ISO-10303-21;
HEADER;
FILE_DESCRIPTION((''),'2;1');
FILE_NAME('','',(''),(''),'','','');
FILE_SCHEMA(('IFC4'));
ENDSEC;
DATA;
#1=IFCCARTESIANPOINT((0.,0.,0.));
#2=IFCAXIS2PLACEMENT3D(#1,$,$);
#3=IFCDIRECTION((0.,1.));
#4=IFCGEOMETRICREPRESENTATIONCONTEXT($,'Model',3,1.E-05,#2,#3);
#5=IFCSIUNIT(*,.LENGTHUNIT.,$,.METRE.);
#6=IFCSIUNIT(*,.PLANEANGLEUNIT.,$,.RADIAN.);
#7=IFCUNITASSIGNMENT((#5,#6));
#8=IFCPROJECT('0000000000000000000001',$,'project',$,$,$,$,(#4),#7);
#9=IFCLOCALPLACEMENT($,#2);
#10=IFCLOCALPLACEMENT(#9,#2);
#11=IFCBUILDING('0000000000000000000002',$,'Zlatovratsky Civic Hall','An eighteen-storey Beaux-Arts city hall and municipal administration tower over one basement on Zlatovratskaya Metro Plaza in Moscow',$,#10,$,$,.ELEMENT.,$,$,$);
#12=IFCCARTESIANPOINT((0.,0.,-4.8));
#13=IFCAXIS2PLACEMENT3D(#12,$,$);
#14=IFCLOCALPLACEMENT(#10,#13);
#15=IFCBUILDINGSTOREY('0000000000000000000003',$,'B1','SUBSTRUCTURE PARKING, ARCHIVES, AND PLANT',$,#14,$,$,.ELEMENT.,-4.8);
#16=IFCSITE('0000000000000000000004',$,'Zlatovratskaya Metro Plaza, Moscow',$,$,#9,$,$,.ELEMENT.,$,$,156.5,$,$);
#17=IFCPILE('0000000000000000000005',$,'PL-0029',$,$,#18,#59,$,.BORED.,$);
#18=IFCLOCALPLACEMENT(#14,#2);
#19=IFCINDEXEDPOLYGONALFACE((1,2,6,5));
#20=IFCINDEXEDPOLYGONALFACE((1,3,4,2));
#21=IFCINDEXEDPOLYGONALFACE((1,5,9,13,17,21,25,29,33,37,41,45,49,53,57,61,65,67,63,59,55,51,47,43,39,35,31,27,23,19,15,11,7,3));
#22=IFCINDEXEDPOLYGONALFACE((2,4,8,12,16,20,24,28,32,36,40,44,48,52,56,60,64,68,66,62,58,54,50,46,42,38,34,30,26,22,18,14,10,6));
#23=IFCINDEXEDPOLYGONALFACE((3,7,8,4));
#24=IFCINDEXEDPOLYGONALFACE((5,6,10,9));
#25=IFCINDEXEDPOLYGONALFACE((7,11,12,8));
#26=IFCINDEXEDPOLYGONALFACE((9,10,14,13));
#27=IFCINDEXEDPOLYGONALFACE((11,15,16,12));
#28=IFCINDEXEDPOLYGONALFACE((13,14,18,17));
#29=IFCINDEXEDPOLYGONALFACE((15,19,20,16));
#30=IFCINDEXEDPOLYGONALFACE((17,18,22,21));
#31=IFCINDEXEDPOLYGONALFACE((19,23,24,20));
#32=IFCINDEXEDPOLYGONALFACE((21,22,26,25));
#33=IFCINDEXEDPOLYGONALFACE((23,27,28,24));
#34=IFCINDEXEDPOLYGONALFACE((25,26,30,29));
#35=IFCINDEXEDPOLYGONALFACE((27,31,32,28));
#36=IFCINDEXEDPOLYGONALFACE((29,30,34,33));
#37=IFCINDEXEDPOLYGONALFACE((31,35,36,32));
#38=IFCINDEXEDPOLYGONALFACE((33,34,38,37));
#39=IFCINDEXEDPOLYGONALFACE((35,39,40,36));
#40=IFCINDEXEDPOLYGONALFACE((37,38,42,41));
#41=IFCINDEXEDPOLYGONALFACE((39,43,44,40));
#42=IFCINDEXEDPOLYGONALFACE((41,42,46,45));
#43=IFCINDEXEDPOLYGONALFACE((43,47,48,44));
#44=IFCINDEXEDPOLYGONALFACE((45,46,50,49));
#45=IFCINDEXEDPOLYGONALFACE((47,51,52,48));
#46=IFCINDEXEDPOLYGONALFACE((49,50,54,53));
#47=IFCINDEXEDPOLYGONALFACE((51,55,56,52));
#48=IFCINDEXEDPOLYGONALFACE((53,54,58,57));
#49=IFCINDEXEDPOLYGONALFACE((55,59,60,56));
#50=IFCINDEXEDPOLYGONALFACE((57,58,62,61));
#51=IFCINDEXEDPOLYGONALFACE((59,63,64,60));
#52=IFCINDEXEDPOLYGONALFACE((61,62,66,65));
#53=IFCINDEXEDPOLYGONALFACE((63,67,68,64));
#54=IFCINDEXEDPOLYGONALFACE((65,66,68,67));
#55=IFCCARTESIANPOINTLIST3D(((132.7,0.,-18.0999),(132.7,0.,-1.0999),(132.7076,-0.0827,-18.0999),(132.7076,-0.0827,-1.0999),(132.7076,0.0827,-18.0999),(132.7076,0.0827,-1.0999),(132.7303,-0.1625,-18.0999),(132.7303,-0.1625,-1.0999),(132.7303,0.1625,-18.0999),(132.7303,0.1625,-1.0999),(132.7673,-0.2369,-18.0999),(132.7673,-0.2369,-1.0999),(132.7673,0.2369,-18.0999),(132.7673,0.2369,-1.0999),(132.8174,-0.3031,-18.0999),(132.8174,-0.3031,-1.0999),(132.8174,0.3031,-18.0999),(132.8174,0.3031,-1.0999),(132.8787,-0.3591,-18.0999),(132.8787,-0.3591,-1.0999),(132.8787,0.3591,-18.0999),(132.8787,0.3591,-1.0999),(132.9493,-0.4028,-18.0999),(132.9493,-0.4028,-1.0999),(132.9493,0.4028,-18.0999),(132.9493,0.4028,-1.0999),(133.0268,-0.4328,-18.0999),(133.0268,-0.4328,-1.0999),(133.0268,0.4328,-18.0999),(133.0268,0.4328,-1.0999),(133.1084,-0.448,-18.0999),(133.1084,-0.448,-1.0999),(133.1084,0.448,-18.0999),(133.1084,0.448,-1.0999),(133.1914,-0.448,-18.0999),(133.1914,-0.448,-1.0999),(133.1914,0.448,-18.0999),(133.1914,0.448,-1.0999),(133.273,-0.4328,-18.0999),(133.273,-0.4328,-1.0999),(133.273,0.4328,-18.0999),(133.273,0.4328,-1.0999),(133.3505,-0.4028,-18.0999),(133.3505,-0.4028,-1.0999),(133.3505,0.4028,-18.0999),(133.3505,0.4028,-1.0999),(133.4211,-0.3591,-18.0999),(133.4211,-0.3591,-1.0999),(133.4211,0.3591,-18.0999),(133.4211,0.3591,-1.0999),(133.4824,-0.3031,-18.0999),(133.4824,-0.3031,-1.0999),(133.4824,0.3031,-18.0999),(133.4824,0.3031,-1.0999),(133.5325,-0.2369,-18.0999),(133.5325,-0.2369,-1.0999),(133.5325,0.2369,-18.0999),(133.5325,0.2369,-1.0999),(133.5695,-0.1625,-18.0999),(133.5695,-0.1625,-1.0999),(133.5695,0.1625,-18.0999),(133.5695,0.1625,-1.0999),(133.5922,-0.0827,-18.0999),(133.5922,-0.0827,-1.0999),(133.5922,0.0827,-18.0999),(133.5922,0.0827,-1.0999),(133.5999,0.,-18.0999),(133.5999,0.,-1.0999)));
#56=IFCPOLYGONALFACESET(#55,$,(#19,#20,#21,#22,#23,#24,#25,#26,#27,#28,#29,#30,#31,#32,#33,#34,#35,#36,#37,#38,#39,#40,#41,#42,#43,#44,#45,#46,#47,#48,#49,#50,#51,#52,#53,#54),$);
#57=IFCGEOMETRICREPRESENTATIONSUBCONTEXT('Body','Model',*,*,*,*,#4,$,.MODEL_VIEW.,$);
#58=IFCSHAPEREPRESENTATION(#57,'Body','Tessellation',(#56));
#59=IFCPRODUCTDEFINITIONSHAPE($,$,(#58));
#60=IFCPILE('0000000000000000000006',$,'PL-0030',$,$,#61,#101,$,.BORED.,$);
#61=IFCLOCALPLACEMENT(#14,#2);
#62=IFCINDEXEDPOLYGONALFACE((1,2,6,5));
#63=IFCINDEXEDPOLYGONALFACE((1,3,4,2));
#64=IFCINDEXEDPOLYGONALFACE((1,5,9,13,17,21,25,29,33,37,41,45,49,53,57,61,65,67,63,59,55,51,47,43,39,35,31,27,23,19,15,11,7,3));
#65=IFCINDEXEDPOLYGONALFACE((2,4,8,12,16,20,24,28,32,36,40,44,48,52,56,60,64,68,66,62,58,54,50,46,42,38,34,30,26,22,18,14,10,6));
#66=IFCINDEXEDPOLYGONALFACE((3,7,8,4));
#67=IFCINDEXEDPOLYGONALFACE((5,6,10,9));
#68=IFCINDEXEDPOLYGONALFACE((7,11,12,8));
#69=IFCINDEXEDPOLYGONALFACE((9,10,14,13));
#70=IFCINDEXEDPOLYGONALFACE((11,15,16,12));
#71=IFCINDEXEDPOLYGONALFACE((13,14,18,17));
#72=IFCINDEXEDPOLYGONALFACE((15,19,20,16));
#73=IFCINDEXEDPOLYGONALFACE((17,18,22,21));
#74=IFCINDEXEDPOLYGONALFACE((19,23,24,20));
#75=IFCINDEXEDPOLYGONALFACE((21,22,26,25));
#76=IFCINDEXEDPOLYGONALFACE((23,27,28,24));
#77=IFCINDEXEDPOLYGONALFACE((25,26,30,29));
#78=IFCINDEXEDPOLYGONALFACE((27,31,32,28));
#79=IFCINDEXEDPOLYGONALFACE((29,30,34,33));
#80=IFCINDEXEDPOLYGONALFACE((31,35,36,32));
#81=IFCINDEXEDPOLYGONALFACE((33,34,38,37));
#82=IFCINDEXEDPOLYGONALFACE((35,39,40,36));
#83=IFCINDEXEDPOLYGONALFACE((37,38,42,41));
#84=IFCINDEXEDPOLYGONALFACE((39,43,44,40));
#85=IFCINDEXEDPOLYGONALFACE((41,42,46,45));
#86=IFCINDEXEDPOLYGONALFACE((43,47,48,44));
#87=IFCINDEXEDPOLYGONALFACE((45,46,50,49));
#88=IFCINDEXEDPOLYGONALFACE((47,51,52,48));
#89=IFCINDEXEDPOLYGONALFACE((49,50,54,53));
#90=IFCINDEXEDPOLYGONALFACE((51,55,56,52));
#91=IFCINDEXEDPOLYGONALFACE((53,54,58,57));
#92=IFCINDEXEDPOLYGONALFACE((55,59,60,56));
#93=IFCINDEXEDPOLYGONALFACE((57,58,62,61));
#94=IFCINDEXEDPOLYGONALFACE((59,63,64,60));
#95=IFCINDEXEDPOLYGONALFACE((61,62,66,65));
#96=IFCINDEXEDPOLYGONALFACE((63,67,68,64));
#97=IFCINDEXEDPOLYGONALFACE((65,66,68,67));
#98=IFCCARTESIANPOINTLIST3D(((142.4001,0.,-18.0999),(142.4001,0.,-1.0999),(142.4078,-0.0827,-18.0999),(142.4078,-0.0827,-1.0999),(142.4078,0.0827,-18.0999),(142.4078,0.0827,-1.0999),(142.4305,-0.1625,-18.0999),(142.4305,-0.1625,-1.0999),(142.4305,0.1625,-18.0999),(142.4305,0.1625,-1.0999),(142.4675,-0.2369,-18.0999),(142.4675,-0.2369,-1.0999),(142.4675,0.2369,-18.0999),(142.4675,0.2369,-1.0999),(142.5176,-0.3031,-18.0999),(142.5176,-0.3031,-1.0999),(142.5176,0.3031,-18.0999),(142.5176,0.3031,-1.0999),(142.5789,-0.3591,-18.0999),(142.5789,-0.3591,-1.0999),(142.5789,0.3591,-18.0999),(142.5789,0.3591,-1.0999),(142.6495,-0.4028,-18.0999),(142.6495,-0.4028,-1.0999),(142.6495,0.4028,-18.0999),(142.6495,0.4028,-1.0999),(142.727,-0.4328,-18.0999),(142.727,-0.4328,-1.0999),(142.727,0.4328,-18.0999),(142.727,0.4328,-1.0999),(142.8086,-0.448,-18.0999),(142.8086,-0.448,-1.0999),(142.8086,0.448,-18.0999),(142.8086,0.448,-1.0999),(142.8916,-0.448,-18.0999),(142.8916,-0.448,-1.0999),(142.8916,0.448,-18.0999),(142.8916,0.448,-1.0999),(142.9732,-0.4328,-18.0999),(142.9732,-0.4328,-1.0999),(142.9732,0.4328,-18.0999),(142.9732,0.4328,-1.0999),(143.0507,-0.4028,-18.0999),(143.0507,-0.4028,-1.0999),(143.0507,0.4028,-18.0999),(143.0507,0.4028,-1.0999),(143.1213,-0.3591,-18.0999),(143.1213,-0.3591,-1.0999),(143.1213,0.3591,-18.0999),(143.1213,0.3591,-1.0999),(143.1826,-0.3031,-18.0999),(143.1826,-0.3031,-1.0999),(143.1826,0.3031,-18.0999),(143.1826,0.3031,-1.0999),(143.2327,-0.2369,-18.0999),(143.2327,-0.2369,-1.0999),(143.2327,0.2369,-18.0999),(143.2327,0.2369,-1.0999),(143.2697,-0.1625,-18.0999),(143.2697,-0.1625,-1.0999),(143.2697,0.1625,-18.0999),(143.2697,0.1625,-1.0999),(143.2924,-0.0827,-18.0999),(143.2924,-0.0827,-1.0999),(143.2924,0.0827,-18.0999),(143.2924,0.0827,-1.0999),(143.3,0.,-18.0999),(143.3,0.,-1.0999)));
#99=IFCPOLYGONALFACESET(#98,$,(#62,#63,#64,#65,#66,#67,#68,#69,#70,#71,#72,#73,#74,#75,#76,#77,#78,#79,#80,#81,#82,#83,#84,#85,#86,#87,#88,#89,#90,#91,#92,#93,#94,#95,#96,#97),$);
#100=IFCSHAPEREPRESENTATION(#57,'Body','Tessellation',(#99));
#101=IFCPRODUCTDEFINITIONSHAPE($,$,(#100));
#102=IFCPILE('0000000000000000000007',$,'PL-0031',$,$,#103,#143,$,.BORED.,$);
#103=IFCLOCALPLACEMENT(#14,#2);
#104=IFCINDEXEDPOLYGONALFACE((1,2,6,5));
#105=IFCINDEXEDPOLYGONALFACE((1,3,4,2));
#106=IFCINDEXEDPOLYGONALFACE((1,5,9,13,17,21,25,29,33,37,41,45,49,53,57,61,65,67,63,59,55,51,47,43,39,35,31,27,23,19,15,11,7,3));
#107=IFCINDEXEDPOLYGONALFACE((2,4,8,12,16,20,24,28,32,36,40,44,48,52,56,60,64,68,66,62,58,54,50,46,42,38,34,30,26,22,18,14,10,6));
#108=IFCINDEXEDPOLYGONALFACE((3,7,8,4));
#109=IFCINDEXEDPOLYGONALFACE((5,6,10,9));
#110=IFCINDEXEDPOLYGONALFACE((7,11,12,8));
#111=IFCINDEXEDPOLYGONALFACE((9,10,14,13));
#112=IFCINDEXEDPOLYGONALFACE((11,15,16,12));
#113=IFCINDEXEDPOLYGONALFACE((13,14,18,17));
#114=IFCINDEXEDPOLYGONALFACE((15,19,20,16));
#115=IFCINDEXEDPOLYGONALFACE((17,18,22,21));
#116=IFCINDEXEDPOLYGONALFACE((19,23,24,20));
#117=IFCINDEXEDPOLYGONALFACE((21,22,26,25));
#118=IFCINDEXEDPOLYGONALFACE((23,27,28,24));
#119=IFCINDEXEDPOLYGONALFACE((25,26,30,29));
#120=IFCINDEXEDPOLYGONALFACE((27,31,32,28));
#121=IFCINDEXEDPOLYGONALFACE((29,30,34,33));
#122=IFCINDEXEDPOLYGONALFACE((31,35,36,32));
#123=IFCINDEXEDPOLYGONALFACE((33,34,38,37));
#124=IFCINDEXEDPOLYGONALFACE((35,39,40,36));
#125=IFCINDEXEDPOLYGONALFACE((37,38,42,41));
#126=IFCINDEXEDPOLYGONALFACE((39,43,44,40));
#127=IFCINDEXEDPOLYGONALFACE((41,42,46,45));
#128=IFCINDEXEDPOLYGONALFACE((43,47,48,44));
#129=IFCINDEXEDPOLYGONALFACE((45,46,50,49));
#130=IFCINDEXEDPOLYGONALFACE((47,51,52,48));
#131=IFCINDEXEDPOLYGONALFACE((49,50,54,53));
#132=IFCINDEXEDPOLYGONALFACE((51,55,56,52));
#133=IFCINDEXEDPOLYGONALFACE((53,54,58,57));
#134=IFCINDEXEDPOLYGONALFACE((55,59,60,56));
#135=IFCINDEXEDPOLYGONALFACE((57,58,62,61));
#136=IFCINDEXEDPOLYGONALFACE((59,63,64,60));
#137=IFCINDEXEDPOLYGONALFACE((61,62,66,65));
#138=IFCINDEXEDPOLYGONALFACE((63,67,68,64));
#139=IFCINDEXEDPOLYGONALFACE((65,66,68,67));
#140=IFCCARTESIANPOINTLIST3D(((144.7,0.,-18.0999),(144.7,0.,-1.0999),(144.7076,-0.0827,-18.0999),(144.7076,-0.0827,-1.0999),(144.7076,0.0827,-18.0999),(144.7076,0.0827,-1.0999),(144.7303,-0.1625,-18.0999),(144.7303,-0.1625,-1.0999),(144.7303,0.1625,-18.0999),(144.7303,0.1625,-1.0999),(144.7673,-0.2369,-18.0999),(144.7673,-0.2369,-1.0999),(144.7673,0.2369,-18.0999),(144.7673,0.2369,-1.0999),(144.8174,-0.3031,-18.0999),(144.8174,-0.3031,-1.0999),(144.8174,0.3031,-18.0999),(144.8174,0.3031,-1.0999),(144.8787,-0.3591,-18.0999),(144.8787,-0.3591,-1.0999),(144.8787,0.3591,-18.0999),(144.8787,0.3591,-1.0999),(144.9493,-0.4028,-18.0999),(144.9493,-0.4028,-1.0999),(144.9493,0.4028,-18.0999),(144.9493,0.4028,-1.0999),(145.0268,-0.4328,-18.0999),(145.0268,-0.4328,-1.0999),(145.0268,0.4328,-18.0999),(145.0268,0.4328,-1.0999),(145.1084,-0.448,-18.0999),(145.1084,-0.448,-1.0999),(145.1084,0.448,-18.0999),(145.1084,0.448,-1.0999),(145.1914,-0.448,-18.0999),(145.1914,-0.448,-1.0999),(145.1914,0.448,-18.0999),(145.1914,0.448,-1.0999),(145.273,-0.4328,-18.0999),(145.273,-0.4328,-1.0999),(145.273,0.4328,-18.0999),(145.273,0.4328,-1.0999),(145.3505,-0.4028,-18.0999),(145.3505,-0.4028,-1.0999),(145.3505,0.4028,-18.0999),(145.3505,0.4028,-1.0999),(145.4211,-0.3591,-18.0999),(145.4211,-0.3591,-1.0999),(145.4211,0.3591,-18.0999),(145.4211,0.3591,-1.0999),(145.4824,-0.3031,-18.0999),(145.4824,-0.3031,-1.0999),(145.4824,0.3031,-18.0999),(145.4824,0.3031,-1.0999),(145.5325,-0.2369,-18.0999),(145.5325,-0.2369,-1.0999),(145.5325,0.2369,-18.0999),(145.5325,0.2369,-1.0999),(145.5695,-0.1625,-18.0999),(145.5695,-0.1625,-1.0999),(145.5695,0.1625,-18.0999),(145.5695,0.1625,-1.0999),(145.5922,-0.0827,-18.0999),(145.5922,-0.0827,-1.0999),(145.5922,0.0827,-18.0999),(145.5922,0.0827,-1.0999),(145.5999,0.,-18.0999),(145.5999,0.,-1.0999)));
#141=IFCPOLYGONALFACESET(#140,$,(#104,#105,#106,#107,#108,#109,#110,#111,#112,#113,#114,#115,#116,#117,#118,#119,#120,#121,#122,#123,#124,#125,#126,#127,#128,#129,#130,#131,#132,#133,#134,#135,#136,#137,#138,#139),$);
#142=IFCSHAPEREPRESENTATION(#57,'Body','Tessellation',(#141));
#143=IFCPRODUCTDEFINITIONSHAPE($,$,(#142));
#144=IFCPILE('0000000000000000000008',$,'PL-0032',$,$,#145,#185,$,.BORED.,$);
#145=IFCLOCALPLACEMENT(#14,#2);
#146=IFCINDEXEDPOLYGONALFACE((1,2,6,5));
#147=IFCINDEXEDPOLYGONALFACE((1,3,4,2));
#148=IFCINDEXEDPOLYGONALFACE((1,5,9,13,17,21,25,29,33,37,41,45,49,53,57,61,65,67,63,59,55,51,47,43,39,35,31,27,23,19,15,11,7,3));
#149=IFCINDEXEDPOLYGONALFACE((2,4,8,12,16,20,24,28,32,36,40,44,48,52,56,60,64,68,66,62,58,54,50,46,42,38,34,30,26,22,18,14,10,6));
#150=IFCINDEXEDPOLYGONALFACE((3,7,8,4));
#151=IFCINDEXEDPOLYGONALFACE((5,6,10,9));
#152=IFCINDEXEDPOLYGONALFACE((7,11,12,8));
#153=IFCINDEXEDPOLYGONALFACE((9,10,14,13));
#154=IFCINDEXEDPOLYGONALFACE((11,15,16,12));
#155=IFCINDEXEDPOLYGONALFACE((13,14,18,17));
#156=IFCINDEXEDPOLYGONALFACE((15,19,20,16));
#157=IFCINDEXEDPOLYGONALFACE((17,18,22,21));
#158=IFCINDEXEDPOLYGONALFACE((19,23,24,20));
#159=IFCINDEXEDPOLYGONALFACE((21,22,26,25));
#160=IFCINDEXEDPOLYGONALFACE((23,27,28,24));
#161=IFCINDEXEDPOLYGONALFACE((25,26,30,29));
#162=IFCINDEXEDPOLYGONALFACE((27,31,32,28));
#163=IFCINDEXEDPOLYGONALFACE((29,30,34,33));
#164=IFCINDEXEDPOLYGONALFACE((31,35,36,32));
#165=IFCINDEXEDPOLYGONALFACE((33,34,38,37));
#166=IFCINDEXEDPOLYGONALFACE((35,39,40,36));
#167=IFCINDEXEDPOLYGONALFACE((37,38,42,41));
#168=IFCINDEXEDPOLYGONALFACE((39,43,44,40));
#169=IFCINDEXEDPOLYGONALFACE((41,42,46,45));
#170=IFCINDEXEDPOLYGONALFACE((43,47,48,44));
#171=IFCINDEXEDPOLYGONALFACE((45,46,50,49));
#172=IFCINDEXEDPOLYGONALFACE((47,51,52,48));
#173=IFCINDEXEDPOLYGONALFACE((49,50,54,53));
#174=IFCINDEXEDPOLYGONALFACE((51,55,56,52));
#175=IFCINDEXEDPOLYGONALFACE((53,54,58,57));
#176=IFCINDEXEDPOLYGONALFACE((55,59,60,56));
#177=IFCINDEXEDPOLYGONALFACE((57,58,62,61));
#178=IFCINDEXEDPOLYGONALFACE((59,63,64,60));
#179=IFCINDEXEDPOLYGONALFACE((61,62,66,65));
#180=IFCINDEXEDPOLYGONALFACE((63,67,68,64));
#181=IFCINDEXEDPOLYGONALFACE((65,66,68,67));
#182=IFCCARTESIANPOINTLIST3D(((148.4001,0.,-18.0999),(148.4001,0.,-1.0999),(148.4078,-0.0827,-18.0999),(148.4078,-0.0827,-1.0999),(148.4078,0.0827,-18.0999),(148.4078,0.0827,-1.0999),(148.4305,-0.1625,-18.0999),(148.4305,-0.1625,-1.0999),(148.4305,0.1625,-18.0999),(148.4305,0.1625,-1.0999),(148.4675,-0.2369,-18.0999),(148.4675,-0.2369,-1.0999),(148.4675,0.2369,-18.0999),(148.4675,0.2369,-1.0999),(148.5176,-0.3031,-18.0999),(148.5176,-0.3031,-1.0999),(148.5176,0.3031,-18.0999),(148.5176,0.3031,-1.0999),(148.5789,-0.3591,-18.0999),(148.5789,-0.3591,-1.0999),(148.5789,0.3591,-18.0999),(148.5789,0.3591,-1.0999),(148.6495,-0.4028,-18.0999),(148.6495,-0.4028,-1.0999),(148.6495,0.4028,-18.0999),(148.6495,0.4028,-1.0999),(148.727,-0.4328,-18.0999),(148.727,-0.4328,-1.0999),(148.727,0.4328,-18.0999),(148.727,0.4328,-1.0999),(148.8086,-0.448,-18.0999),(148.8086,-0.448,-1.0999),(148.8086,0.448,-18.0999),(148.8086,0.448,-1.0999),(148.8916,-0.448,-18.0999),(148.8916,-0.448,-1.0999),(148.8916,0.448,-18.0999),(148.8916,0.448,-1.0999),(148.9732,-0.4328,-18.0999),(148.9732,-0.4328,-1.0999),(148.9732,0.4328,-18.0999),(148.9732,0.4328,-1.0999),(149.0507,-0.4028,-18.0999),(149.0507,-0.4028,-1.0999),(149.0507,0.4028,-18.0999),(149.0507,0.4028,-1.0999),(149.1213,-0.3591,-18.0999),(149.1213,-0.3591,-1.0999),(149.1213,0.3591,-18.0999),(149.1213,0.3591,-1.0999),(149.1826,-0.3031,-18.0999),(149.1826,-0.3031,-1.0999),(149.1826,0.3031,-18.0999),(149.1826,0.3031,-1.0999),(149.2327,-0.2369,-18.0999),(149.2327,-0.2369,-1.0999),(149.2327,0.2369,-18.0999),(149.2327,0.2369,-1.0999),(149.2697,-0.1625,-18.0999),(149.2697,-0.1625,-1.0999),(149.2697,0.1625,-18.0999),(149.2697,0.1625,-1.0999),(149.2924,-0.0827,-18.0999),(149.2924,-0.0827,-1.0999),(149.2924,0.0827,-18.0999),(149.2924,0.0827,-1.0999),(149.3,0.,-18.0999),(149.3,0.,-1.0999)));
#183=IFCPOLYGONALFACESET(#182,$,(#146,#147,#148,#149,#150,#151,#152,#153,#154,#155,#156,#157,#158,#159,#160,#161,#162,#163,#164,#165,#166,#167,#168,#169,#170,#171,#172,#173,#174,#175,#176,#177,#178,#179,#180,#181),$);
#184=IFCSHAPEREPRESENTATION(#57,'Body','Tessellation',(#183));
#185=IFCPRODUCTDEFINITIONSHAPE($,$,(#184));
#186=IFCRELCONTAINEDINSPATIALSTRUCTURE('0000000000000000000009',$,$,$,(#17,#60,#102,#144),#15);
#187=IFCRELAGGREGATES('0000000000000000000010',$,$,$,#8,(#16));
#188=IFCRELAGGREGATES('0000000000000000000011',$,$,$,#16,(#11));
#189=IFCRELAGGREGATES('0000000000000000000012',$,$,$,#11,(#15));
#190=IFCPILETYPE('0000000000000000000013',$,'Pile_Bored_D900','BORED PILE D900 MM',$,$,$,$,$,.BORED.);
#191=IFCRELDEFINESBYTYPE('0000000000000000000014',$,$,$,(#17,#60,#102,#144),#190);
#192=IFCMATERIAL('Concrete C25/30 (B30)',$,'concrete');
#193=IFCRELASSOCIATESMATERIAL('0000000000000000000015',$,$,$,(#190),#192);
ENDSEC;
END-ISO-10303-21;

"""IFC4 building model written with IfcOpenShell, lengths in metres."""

from ifc_helpers import new_model, si_unit, direction, frame, origin, origin_2d, place, context, subcontext, project, spatial, circle, extrude, material, material_profile, profile_set, type_object, element, save


model = new_model("IFC4")

# Units and contexts
model_context = context("Model", 3, precision=1e-05, world=origin(), true_north=direction((0.0, 1.0)))
body_context = subcontext(model_context, "Body", "Model", "MODEL_VIEW")
ifc_project = project(units=[si_unit("LENGTHUNIT", "METRE"), si_unit("PLANEANGLEUNIT", "RADIAN")], contexts=[model_context])

# Site, building, storey
site_placement = place(None, origin())
site = spatial("IfcSite", under=ifc_project, at=site_placement, Name="Zlatovratskaya Metro Plaza, Moscow", CompositionType="ELEMENT", RefElevation=156.5)
building_placement = place(site_placement, origin())
building = spatial("IfcBuilding", under=site, at=building_placement, Name="Zlatovratsky Civic Hall", Description="An eighteen-storey Beaux-Arts city hall and municipal administration tower over one basement on Zlatovratskaya Metro Plaza in Moscow", CompositionType="ELEMENT")
storey_placement = place(building_placement, frame((0.0, 0.0, -4.8)))
storey = spatial("IfcBuildingStorey", under=building, at=storey_placement, Name="B1", Description="SUBSTRUCTURE PARKING, ARCHIVES, AND PLANT", CompositionType="ELEMENT", Elevation=-4.8)

# Shared definitions
ifc_material_1 = material(Name="Concrete C25/30 (B30)", Category="concrete")

# Piles
ifc_material_profile_1 = material_profile(ifc_material_1, circle(Radius=0.45, at=origin_2d()), Name="PILE D900")
ifc_profile_set_1 = profile_set([ifc_material_profile_1], Name="Concrete C25/30 (B30)")
pile_type_1 = type_object("IfcPileType", Name="Pile_Bored_D900", Description="BORED PILE D900 MM", PredefinedType="BORED", material=ifc_profile_set_1)
for number, where, z_axis, x_axis, name in (
    (1, (133.1499, 0.0, -1.0999), (0.0, 0.0, -1.0), (1.0, 0.0, 0.0), "PL-0029"),
    (2, (142.8501, 0.0, -1.0999), (0.0, 0.0, -1.0), (1.0, 0.0, 0.0), "PL-0030"),
    (3, (145.1499, 0.0, -1.0999), (0.0, 0.0, -1.0), (1.0, 0.0, 0.0), "PL-0031"),
    (4, (148.8501, 0.0, -1.0999), (0.0, 0.0, -1.0), (1.0, 0.0, 0.0), "PL-0032"),
):
    element("IfcPile", number, at=place(storey_placement, frame(where, z_axis=z_axis, x_axis=x_axis)), inside=storey, type_object=pile_type_1, Name=name, PredefinedType="BORED", context=body_context, shape_type="SweptSolid", body=[
        extrude(circle(Radius=0.45, at=origin_2d()), origin(), (0.0, 0.0, 1.0), 17.0),
    ])

save(model, "model.ifc")
